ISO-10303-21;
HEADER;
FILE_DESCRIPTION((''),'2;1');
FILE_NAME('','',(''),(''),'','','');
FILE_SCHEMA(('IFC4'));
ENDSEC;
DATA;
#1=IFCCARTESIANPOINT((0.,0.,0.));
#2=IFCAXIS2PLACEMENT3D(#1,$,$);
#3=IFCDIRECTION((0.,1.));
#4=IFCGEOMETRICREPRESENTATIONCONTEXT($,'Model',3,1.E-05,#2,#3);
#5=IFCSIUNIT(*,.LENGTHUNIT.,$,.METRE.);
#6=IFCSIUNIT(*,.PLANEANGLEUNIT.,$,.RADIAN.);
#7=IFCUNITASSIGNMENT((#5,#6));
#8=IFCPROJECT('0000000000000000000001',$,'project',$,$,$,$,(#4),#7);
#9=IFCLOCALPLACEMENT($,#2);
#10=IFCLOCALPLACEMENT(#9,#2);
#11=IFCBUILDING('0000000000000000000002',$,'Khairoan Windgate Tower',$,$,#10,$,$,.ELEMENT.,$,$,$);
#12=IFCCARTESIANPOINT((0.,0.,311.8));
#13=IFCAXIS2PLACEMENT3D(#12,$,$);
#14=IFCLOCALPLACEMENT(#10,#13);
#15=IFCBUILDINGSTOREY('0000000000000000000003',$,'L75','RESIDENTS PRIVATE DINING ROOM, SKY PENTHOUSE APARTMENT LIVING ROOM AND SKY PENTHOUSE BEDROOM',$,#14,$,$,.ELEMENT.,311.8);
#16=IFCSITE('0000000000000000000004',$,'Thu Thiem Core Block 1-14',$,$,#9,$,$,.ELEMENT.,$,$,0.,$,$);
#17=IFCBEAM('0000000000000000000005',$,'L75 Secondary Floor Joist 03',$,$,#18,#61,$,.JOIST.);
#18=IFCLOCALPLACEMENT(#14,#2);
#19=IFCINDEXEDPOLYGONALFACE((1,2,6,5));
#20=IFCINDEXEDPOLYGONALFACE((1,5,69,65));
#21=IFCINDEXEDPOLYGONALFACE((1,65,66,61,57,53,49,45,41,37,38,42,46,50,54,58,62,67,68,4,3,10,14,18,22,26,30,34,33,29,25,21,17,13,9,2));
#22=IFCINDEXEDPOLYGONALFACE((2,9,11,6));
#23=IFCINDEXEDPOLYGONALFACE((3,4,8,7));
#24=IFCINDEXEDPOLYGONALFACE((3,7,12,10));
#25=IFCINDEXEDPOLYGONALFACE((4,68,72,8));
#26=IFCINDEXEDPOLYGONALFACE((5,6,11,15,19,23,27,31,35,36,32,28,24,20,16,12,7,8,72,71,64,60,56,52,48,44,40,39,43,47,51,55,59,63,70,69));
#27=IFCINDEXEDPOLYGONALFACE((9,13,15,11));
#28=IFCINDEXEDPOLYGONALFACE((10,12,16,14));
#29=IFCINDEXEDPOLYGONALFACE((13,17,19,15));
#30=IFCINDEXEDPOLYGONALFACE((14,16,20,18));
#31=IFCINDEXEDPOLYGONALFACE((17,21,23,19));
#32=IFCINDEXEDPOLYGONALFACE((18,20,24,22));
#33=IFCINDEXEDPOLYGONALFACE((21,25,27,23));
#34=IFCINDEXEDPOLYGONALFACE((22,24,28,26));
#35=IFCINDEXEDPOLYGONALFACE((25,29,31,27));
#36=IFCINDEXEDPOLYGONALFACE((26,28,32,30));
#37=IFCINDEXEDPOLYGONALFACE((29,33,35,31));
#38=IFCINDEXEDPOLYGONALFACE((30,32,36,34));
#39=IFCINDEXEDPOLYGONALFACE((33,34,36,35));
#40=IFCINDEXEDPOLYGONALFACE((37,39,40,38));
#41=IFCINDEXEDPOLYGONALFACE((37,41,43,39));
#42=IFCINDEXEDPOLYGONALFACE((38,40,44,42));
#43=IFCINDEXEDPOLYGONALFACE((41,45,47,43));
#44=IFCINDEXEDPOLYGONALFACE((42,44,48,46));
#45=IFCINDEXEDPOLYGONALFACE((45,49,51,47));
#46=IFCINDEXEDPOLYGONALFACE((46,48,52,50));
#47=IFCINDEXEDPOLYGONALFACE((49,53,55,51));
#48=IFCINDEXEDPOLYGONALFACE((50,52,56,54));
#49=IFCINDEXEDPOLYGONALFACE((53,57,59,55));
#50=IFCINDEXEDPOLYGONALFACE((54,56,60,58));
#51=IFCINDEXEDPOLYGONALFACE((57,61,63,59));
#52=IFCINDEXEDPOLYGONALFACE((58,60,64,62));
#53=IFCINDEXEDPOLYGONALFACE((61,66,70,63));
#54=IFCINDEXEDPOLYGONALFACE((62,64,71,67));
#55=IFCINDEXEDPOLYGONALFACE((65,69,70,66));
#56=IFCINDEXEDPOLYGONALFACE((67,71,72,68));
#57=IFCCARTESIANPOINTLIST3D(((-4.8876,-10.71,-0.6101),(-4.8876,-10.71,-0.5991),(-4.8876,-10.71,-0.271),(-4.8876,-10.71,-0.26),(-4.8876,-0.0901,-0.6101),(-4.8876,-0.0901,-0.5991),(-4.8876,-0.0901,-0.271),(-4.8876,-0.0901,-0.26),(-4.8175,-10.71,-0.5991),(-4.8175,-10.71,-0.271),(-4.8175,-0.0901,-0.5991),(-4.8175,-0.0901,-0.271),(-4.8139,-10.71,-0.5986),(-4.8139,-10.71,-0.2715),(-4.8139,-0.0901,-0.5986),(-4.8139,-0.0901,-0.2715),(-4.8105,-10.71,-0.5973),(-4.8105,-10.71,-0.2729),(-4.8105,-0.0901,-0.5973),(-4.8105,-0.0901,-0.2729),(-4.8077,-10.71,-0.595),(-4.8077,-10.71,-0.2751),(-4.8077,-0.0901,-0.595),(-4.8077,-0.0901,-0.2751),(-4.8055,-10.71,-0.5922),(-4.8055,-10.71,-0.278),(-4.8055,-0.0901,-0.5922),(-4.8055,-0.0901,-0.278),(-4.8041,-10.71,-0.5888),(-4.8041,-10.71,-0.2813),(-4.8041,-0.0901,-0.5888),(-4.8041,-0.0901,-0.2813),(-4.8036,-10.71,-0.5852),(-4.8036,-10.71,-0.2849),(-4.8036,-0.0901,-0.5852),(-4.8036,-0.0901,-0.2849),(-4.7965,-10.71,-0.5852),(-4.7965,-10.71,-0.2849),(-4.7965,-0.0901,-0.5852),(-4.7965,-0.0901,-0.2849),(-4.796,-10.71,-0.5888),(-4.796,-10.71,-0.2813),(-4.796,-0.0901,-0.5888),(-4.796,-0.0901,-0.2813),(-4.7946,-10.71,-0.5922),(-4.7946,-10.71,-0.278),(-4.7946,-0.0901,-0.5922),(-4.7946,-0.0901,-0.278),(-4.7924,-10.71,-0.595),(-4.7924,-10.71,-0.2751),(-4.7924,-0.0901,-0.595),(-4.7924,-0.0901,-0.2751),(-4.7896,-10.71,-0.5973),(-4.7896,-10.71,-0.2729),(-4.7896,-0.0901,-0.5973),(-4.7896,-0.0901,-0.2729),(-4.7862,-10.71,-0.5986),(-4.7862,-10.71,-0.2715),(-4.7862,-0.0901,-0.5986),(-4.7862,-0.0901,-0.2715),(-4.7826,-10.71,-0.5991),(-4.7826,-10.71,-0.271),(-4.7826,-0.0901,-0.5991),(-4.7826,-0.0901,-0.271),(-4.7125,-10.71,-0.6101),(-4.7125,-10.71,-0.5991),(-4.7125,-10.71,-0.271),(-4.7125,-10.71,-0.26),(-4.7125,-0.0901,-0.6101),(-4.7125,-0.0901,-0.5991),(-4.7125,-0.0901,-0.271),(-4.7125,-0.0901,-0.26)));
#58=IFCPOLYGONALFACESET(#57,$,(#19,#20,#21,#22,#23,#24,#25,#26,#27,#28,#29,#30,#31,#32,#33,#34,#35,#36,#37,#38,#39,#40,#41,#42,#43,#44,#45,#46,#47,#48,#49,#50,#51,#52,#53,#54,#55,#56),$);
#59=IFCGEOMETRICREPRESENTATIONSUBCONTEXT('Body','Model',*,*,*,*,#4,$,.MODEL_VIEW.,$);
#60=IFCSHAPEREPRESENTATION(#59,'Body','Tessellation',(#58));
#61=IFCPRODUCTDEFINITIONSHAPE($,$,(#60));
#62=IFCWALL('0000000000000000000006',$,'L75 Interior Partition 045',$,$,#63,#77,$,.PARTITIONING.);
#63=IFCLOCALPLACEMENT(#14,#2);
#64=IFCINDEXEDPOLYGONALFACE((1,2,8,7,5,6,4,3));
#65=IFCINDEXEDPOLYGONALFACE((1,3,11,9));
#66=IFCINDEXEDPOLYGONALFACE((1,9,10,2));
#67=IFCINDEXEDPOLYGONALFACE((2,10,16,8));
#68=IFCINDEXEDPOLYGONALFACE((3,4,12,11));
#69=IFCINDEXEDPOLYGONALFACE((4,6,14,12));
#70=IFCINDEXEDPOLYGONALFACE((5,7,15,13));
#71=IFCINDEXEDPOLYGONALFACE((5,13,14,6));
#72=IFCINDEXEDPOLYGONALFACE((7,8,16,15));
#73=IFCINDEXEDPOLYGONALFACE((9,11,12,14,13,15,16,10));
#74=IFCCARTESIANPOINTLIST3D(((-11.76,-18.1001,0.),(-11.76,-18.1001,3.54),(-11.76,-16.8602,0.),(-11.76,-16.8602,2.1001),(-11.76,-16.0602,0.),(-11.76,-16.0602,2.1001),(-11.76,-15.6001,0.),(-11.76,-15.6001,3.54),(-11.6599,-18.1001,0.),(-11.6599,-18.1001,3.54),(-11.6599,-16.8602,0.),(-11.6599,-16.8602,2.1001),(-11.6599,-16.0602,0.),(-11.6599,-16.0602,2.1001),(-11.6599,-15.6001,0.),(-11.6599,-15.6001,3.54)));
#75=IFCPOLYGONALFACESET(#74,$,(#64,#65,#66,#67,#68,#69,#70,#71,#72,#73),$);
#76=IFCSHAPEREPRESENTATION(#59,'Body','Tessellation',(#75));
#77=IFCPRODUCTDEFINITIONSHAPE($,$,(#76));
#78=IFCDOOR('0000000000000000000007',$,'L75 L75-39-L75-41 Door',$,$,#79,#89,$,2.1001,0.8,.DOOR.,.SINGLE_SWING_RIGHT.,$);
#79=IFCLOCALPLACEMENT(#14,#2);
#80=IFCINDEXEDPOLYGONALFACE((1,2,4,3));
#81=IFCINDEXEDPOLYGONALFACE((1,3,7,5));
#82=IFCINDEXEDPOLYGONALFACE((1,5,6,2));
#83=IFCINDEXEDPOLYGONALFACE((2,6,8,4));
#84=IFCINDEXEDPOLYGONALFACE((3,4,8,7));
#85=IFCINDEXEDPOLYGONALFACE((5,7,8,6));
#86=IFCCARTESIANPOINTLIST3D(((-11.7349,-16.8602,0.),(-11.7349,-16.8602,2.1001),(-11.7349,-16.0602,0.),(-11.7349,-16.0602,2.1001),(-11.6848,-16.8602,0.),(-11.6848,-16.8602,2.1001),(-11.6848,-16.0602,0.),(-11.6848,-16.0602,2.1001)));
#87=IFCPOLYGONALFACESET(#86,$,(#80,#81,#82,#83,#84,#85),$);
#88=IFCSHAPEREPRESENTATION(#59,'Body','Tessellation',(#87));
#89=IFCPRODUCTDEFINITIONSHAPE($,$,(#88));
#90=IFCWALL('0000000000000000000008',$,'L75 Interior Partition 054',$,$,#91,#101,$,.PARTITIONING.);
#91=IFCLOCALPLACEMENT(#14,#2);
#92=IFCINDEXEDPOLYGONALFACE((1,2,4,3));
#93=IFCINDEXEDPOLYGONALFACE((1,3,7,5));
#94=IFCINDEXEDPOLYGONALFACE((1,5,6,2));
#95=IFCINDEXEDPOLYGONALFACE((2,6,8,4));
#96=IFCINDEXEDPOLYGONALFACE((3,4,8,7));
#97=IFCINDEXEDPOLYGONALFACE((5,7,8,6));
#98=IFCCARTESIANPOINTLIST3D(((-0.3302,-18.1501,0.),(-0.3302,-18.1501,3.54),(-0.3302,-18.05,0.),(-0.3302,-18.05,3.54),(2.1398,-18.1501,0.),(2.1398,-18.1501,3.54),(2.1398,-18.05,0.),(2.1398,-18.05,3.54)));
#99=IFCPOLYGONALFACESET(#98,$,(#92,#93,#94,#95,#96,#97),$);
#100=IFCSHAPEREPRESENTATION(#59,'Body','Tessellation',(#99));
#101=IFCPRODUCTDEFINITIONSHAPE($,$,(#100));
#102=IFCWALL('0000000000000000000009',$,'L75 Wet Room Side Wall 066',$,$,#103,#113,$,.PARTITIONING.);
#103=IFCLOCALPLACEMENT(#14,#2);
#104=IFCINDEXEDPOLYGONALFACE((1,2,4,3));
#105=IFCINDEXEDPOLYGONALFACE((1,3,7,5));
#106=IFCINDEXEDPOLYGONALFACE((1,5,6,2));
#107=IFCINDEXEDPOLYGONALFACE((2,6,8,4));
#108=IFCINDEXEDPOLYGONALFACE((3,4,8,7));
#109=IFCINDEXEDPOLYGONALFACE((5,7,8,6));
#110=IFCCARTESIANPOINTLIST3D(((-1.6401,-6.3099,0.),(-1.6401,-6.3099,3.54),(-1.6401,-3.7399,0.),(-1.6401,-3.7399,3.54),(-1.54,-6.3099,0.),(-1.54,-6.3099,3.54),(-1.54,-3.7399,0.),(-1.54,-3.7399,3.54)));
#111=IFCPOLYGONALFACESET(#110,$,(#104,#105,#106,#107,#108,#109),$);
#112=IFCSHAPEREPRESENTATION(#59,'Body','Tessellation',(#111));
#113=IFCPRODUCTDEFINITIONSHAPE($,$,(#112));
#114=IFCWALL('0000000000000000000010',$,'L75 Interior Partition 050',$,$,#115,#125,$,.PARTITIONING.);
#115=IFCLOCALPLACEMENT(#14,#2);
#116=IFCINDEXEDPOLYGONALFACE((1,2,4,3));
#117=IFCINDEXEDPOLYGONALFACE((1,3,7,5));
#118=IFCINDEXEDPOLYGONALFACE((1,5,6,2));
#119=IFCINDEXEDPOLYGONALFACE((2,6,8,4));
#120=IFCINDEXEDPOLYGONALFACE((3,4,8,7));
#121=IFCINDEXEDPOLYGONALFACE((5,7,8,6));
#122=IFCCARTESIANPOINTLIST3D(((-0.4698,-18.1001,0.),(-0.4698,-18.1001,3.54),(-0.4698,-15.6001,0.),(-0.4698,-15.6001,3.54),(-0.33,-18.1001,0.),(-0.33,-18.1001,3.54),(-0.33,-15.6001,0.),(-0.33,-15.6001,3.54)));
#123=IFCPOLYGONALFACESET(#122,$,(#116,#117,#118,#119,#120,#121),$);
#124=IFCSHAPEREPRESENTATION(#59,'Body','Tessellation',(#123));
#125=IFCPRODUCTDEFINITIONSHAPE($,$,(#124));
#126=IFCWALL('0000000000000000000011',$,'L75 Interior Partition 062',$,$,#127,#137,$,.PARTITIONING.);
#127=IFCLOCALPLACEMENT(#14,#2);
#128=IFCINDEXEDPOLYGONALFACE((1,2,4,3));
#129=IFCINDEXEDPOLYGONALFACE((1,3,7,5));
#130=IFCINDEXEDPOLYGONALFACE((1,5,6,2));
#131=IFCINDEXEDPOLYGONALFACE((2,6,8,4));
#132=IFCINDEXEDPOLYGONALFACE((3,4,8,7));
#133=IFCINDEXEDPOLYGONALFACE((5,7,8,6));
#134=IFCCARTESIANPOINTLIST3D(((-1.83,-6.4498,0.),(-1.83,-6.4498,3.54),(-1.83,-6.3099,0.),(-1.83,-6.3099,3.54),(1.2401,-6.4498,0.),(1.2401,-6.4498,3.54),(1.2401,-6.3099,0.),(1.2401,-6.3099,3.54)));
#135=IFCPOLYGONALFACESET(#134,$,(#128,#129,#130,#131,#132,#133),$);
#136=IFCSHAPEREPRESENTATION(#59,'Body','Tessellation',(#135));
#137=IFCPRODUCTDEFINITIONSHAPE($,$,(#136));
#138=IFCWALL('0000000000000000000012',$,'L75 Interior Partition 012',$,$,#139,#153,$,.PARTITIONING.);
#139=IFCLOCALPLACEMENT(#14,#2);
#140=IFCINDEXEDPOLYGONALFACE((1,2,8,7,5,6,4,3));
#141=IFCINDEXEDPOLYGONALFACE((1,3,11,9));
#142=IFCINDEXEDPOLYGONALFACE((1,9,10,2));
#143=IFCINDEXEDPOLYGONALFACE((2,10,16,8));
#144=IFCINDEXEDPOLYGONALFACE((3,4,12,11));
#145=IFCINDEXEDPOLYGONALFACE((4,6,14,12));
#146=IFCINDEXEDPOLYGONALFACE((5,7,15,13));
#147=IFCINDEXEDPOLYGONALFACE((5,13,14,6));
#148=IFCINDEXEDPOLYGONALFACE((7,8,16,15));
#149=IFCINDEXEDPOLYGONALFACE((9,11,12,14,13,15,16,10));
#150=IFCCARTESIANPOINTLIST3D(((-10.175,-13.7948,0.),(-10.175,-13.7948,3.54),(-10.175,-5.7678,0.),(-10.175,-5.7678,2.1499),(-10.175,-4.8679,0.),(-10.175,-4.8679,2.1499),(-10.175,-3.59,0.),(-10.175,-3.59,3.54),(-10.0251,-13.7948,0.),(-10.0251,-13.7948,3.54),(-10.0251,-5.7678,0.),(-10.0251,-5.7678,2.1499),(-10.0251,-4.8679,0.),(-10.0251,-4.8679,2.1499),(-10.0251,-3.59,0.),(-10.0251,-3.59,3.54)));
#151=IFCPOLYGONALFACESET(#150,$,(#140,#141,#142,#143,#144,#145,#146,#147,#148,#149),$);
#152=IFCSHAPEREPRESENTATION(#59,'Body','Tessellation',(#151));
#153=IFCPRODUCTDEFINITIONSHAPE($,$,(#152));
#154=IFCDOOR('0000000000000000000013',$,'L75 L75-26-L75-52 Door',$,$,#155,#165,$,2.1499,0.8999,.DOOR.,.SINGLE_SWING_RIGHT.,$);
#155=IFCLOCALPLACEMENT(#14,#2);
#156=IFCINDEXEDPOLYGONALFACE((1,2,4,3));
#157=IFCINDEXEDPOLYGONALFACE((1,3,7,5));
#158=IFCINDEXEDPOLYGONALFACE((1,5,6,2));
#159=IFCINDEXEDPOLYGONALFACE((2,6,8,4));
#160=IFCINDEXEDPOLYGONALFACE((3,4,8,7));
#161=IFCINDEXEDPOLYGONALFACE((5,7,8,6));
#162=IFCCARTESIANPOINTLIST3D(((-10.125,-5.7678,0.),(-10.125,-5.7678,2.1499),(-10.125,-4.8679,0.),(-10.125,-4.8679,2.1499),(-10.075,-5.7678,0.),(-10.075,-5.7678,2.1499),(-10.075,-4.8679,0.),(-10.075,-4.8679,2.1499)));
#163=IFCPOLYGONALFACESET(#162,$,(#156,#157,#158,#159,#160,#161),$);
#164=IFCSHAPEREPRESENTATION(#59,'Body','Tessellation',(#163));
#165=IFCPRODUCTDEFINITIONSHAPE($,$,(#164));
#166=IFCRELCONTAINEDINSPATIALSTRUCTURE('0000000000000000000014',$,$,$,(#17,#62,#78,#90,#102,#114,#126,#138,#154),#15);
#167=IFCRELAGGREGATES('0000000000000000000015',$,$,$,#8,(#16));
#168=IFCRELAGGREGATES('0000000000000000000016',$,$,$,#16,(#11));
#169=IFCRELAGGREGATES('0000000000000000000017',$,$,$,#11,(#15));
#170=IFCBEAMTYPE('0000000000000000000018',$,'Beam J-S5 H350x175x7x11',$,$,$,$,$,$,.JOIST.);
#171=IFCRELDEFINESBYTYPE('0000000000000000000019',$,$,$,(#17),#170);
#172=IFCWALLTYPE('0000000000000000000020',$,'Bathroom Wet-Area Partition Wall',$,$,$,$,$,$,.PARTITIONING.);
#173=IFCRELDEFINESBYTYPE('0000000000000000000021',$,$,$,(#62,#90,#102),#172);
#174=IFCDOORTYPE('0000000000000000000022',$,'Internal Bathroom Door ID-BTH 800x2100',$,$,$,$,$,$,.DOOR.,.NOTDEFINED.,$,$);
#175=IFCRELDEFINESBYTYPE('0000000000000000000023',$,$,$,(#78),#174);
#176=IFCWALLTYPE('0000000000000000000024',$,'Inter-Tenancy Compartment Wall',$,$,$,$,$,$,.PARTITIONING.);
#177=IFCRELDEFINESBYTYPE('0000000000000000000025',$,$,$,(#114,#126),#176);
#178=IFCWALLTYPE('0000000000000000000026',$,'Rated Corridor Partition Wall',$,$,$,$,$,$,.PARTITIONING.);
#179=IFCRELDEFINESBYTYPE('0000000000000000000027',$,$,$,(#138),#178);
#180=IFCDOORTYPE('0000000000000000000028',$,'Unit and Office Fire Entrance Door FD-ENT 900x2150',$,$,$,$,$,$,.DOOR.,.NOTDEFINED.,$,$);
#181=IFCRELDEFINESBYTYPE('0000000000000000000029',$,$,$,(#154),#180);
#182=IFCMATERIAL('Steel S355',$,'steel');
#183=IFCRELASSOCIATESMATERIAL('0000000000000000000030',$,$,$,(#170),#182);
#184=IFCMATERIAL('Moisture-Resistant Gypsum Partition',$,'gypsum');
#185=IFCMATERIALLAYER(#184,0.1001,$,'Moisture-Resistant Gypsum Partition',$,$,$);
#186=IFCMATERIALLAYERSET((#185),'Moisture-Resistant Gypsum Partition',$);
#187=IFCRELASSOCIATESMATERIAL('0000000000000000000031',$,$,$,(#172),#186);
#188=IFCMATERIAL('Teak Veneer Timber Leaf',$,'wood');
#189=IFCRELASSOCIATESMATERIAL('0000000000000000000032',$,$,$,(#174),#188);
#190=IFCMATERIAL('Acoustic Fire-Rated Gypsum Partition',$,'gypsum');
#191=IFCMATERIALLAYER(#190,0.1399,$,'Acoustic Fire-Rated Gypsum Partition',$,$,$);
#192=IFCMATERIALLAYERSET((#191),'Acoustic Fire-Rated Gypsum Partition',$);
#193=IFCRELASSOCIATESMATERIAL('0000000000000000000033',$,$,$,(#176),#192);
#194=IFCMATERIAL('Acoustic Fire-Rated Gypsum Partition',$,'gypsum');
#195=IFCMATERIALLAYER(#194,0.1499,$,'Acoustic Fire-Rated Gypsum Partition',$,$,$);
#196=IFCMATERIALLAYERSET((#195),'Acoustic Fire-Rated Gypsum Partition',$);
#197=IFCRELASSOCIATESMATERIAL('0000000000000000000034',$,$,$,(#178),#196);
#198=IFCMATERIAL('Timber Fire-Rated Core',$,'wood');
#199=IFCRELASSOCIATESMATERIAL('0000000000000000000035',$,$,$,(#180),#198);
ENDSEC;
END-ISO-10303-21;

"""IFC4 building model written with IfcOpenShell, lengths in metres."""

from ifc_helpers import new_model, si_unit, direction, frame, frame_2d, origin, origin_2d, place, context, subcontext, project, spatial, rectangle, i_section, extrude, material, layer, layer_set, material_profile, profile_set, type_object, element, fill, save


model = new_model("IFC4")

# Units and contexts
model_context = context("Model", 3, precision=1e-05, world=origin(), true_north=direction((0.0, 1.0)))
body_context = subcontext(model_context, "Body", "Model", "MODEL_VIEW")
ifc_project = project(units=[si_unit("LENGTHUNIT", "METRE"), si_unit("PLANEANGLEUNIT", "RADIAN")], contexts=[model_context])

# Site, building, storey
site_placement = place(None, origin())
site = spatial("IfcSite", under=ifc_project, at=site_placement, Name="Thu Thiem Core Block 1-14", CompositionType="ELEMENT", RefElevation=0.0)
building_placement = place(site_placement, origin())
building = spatial("IfcBuilding", under=site, at=building_placement, Name="Khairoan Windgate Tower", CompositionType="ELEMENT")
storey_placement = place(building_placement, frame((0.0, 0.0, 311.8)))
storey = spatial("IfcBuildingStorey", under=building, at=storey_placement, Name="L75", Description="RESIDENTS PRIVATE DINING ROOM, SKY PENTHOUSE APARTMENT LIVING ROOM AND SKY PENTHOUSE BEDROOM", CompositionType="ELEMENT", Elevation=311.8)

# Beam
ifc_material_1 = material(Name="Steel S355", Category="steel")
ifc_material_profile_1 = material_profile(ifc_material_1, i_section(OverallWidth=0.175, OverallDepth=0.3501, WebThickness=0.0071, FlangeThickness=0.011, FilletRadius=0.0139, at=origin_2d()))
ifc_profile_set_1 = profile_set([ifc_material_profile_1], Name="Steel S355")
beam_type_1 = type_object("IfcBeamType", Name="Beam J-S5 H350x175x7x11", PredefinedType="JOIST", material=ifc_profile_set_1)
beam_1_placement = place(storey_placement, frame((-4.8, -10.71, -0.4351), z_axis=(0.0, 1.0, 0.0), x_axis=(-1.0, 0.0, 0.0)))
element("IfcBeam", 1, at=beam_1_placement, inside=storey, type_object=beam_type_1, Name="L75 Secondary Floor Joist 03", PredefinedType="JOIST", context=body_context, shape_type="SweptSolid", body=[
    extrude(i_section(OverallWidth=0.175, OverallDepth=0.3501, WebThickness=0.0071, FlangeThickness=0.011, FilletRadius=0.0139, at=origin_2d()), origin(), (0.0, 0.0, 1.0), 10.6199),
])

# Wall, opening, door
ifc_material_2 = material(Name="Moisture-Resistant Gypsum Partition", Category="gypsum")
ifc_layer_1 = layer(ifc_material_2, 0.1001, Name="Moisture-Resistant Gypsum Partition")
ifc_layer_set_1 = layer_set([ifc_layer_1], Name="Moisture-Resistant Gypsum Partition")
wall_type_1 = type_object("IfcWallType", Name="Bathroom Wet-Area Partition Wall", PredefinedType="PARTITIONING", material=ifc_layer_set_1)
wall_1_placement = place(storey_placement, frame((-11.71, -18.1001, 0.0), z_axis=(0.0, 0.0, 1.0), x_axis=(0.0, 1.0, 0.0)))
wall_1 = element("IfcWall", 2, at=wall_1_placement, inside=storey, type_object=wall_type_1, Name="L75 Interior Partition 045", PredefinedType="PARTITIONING", context=body_context, shape_type="SweptSolid", body=[
    extrude(rectangle(XDim=2.5, YDim=0.1001, at=frame_2d((1.25, 0.0))), origin(), (0.0, 0.0, 1.0), 3.54),
])
opening_1_placement = place(wall_1_placement, frame((1.24, 0.0, 0.0)))
opening_1 = element("IfcOpeningElement", 3, at=opening_1_placement, cuts=wall_1, PredefinedType="OPENING", context=body_context, shape_type="SweptSolid", body=[
    extrude(rectangle(XDim=0.8, YDim=2.1001, at=frame_2d((0.3999, 1.05))), frame((0.0, 0.0601, 0.0), z_axis=(0.0, -1.0, 0.0), x_axis=(1.0, 0.0, 0.0)), (0.0, 0.0, 1.0), 0.1201),
])
ifc_material_3 = material(Name="Teak Veneer Timber Leaf", Category="wood")
door_type_1 = type_object("IfcDoorType", Name="Internal Bathroom Door ID-BTH 800x2100", OperationType="NOTDEFINED", PredefinedType="DOOR", material=ifc_material_3)
door_1_placement = place(opening_1_placement, origin())
door_1 = element("IfcDoor", 4, at=door_1_placement, inside=storey, type_object=door_type_1, Name="L75 L75-39-L75-41 Door", OperationType="SINGLE_SWING_RIGHT", OverallHeight=2.1001, OverallWidth=0.8, PredefinedType="DOOR", context=body_context, shape_type="SweptSolid", body=[
    extrude(rectangle(XDim=0.8, YDim=2.1001, at=frame_2d((0.3999, 1.05))), frame((0.0, 0.0249, 0.0), z_axis=(0.0, -1.0, 0.0), x_axis=(1.0, 0.0, 0.0)), (0.0, 0.0, 1.0), 0.05),
])
fill(opening_1, door_1)

# Walls
wall_2_placement = place(storey_placement, frame((-0.3301, -18.1001, 0.0), z_axis=(0.0, 0.0, 1.0), x_axis=(1.0, 0.0, 0.0)))
element("IfcWall", 5, at=wall_2_placement, inside=storey, type_object=wall_type_1, Name="L75 Interior Partition 054", PredefinedType="PARTITIONING", context=body_context, shape_type="SweptSolid", body=[
    extrude(rectangle(XDim=2.47, YDim=0.1001, at=frame_2d((1.2349, 0.0))), origin(), (0.0, 0.0, 1.0), 3.54),
])
wall_3_placement = place(storey_placement, frame((-1.5901, -6.3101, 0.0), z_axis=(0.0, 0.0, 1.0), x_axis=(0.0, 1.0, 0.0)))
element("IfcWall", 6, at=wall_3_placement, inside=storey, type_object=wall_type_1, Name="L75 Wet Room Side Wall 066", PredefinedType="PARTITIONING", context=body_context, shape_type="SweptSolid", body=[
    extrude(rectangle(XDim=2.5701, YDim=0.1001, at=frame_2d((1.2852, 0.0))), origin(), (0.0, 0.0, 1.0), 3.54),
])
ifc_material_4 = material(Name="Acoustic Fire-Rated Gypsum Partition", Category="gypsum")
ifc_layer_2 = layer(ifc_material_4, 0.1399, Name="Acoustic Fire-Rated Gypsum Partition")
ifc_layer_set_2 = layer_set([ifc_layer_2], Name="Acoustic Fire-Rated Gypsum Partition")
wall_type_2 = type_object("IfcWallType", Name="Inter-Tenancy Compartment Wall", PredefinedType="PARTITIONING", material=ifc_layer_set_2)
wall_4_placement = place(storey_placement, frame((-0.3999, -18.1001, 0.0), z_axis=(0.0, 0.0, 1.0), x_axis=(0.0, 1.0, 0.0)))
element("IfcWall", 7, at=wall_4_placement, inside=storey, type_object=wall_type_2, Name="L75 Interior Partition 050", PredefinedType="PARTITIONING", context=body_context, shape_type="SweptSolid", body=[
    extrude(rectangle(XDim=2.5, YDim=0.1399, at=frame_2d((1.25, 0.0))), origin(), (0.0, 0.0, 1.0), 3.54),
])
wall_5_placement = place(storey_placement, frame((-1.8301, -6.3799, 0.0), z_axis=(0.0, 0.0, 1.0), x_axis=(1.0, 0.0, 0.0)))
element("IfcWall", 8, at=wall_5_placement, inside=storey, type_object=wall_type_2, Name="L75 Interior Partition 062", PredefinedType="PARTITIONING", context=body_context, shape_type="SweptSolid", body=[
    extrude(rectangle(XDim=3.0701, YDim=0.1399, at=frame_2d((1.5352, 0.0))), origin(), (0.0, 0.0, 1.0), 3.54),
])

# Wall, opening, door
ifc_material_5 = material(Name="Acoustic Fire-Rated Gypsum Partition", Category="gypsum")
ifc_layer_3 = layer(ifc_material_5, 0.1499, Name="Acoustic Fire-Rated Gypsum Partition")
ifc_layer_set_3 = layer_set([ifc_layer_3], Name="Acoustic Fire-Rated Gypsum Partition")
wall_type_3 = type_object("IfcWallType", Name="Rated Corridor Partition Wall", PredefinedType="PARTITIONING", material=ifc_layer_set_3)
wall_6_placement = place(storey_placement, frame((-10.1001, -13.7949, 0.0), z_axis=(0.0, 0.0, 1.0), x_axis=(0.0, 1.0, 0.0)))
wall_6 = element("IfcWall", 9, at=wall_6_placement, inside=storey, type_object=wall_type_3, Name="L75 Interior Partition 012", PredefinedType="PARTITIONING", context=body_context, shape_type="SweptSolid", body=[
    extrude(rectangle(XDim=10.2048, YDim=0.1499, at=frame_2d((5.1025, 0.0))), origin(), (0.0, 0.0, 1.0), 3.54),
])
opening_2_placement = place(wall_6_placement, frame((8.0271, 0.0, 0.0)))
opening_2 = element("IfcOpeningElement", 10, at=opening_2_placement, cuts=wall_6, PredefinedType="OPENING", context=body_context, shape_type="SweptSolid", body=[
    extrude(rectangle(XDim=0.8999, YDim=2.1499, at=frame_2d((0.45, 1.075))), frame((0.0, 0.085, 0.0), z_axis=(0.0, -1.0, 0.0), x_axis=(1.0, 0.0, 0.0)), (0.0, 0.0, 1.0), 0.1699),
])
ifc_material_6 = material(Name="Timber Fire-Rated Core", Category="wood")
door_type_2 = type_object("IfcDoorType", Name="Unit and Office Fire Entrance Door FD-ENT 900x2150", OperationType="NOTDEFINED", PredefinedType="DOOR", material=ifc_material_6)
door_2_placement = place(opening_2_placement, origin())
door_2 = element("IfcDoor", 11, at=door_2_placement, inside=storey, type_object=door_type_2, Name="L75 L75-26-L75-52 Door", OperationType="SINGLE_SWING_RIGHT", OverallHeight=2.1499, OverallWidth=0.8999, PredefinedType="DOOR", context=body_context, shape_type="SweptSolid", body=[
    extrude(rectangle(XDim=0.8999, YDim=2.1499, at=frame_2d((0.45, 1.075))), frame((0.0, 0.0249, 0.0), z_axis=(0.0, -1.0, 0.0), x_axis=(1.0, 0.0, 0.0)), (0.0, 0.0, 1.0), 0.05),
])
fill(opening_2, door_2)

save(model, "model.ifc")
